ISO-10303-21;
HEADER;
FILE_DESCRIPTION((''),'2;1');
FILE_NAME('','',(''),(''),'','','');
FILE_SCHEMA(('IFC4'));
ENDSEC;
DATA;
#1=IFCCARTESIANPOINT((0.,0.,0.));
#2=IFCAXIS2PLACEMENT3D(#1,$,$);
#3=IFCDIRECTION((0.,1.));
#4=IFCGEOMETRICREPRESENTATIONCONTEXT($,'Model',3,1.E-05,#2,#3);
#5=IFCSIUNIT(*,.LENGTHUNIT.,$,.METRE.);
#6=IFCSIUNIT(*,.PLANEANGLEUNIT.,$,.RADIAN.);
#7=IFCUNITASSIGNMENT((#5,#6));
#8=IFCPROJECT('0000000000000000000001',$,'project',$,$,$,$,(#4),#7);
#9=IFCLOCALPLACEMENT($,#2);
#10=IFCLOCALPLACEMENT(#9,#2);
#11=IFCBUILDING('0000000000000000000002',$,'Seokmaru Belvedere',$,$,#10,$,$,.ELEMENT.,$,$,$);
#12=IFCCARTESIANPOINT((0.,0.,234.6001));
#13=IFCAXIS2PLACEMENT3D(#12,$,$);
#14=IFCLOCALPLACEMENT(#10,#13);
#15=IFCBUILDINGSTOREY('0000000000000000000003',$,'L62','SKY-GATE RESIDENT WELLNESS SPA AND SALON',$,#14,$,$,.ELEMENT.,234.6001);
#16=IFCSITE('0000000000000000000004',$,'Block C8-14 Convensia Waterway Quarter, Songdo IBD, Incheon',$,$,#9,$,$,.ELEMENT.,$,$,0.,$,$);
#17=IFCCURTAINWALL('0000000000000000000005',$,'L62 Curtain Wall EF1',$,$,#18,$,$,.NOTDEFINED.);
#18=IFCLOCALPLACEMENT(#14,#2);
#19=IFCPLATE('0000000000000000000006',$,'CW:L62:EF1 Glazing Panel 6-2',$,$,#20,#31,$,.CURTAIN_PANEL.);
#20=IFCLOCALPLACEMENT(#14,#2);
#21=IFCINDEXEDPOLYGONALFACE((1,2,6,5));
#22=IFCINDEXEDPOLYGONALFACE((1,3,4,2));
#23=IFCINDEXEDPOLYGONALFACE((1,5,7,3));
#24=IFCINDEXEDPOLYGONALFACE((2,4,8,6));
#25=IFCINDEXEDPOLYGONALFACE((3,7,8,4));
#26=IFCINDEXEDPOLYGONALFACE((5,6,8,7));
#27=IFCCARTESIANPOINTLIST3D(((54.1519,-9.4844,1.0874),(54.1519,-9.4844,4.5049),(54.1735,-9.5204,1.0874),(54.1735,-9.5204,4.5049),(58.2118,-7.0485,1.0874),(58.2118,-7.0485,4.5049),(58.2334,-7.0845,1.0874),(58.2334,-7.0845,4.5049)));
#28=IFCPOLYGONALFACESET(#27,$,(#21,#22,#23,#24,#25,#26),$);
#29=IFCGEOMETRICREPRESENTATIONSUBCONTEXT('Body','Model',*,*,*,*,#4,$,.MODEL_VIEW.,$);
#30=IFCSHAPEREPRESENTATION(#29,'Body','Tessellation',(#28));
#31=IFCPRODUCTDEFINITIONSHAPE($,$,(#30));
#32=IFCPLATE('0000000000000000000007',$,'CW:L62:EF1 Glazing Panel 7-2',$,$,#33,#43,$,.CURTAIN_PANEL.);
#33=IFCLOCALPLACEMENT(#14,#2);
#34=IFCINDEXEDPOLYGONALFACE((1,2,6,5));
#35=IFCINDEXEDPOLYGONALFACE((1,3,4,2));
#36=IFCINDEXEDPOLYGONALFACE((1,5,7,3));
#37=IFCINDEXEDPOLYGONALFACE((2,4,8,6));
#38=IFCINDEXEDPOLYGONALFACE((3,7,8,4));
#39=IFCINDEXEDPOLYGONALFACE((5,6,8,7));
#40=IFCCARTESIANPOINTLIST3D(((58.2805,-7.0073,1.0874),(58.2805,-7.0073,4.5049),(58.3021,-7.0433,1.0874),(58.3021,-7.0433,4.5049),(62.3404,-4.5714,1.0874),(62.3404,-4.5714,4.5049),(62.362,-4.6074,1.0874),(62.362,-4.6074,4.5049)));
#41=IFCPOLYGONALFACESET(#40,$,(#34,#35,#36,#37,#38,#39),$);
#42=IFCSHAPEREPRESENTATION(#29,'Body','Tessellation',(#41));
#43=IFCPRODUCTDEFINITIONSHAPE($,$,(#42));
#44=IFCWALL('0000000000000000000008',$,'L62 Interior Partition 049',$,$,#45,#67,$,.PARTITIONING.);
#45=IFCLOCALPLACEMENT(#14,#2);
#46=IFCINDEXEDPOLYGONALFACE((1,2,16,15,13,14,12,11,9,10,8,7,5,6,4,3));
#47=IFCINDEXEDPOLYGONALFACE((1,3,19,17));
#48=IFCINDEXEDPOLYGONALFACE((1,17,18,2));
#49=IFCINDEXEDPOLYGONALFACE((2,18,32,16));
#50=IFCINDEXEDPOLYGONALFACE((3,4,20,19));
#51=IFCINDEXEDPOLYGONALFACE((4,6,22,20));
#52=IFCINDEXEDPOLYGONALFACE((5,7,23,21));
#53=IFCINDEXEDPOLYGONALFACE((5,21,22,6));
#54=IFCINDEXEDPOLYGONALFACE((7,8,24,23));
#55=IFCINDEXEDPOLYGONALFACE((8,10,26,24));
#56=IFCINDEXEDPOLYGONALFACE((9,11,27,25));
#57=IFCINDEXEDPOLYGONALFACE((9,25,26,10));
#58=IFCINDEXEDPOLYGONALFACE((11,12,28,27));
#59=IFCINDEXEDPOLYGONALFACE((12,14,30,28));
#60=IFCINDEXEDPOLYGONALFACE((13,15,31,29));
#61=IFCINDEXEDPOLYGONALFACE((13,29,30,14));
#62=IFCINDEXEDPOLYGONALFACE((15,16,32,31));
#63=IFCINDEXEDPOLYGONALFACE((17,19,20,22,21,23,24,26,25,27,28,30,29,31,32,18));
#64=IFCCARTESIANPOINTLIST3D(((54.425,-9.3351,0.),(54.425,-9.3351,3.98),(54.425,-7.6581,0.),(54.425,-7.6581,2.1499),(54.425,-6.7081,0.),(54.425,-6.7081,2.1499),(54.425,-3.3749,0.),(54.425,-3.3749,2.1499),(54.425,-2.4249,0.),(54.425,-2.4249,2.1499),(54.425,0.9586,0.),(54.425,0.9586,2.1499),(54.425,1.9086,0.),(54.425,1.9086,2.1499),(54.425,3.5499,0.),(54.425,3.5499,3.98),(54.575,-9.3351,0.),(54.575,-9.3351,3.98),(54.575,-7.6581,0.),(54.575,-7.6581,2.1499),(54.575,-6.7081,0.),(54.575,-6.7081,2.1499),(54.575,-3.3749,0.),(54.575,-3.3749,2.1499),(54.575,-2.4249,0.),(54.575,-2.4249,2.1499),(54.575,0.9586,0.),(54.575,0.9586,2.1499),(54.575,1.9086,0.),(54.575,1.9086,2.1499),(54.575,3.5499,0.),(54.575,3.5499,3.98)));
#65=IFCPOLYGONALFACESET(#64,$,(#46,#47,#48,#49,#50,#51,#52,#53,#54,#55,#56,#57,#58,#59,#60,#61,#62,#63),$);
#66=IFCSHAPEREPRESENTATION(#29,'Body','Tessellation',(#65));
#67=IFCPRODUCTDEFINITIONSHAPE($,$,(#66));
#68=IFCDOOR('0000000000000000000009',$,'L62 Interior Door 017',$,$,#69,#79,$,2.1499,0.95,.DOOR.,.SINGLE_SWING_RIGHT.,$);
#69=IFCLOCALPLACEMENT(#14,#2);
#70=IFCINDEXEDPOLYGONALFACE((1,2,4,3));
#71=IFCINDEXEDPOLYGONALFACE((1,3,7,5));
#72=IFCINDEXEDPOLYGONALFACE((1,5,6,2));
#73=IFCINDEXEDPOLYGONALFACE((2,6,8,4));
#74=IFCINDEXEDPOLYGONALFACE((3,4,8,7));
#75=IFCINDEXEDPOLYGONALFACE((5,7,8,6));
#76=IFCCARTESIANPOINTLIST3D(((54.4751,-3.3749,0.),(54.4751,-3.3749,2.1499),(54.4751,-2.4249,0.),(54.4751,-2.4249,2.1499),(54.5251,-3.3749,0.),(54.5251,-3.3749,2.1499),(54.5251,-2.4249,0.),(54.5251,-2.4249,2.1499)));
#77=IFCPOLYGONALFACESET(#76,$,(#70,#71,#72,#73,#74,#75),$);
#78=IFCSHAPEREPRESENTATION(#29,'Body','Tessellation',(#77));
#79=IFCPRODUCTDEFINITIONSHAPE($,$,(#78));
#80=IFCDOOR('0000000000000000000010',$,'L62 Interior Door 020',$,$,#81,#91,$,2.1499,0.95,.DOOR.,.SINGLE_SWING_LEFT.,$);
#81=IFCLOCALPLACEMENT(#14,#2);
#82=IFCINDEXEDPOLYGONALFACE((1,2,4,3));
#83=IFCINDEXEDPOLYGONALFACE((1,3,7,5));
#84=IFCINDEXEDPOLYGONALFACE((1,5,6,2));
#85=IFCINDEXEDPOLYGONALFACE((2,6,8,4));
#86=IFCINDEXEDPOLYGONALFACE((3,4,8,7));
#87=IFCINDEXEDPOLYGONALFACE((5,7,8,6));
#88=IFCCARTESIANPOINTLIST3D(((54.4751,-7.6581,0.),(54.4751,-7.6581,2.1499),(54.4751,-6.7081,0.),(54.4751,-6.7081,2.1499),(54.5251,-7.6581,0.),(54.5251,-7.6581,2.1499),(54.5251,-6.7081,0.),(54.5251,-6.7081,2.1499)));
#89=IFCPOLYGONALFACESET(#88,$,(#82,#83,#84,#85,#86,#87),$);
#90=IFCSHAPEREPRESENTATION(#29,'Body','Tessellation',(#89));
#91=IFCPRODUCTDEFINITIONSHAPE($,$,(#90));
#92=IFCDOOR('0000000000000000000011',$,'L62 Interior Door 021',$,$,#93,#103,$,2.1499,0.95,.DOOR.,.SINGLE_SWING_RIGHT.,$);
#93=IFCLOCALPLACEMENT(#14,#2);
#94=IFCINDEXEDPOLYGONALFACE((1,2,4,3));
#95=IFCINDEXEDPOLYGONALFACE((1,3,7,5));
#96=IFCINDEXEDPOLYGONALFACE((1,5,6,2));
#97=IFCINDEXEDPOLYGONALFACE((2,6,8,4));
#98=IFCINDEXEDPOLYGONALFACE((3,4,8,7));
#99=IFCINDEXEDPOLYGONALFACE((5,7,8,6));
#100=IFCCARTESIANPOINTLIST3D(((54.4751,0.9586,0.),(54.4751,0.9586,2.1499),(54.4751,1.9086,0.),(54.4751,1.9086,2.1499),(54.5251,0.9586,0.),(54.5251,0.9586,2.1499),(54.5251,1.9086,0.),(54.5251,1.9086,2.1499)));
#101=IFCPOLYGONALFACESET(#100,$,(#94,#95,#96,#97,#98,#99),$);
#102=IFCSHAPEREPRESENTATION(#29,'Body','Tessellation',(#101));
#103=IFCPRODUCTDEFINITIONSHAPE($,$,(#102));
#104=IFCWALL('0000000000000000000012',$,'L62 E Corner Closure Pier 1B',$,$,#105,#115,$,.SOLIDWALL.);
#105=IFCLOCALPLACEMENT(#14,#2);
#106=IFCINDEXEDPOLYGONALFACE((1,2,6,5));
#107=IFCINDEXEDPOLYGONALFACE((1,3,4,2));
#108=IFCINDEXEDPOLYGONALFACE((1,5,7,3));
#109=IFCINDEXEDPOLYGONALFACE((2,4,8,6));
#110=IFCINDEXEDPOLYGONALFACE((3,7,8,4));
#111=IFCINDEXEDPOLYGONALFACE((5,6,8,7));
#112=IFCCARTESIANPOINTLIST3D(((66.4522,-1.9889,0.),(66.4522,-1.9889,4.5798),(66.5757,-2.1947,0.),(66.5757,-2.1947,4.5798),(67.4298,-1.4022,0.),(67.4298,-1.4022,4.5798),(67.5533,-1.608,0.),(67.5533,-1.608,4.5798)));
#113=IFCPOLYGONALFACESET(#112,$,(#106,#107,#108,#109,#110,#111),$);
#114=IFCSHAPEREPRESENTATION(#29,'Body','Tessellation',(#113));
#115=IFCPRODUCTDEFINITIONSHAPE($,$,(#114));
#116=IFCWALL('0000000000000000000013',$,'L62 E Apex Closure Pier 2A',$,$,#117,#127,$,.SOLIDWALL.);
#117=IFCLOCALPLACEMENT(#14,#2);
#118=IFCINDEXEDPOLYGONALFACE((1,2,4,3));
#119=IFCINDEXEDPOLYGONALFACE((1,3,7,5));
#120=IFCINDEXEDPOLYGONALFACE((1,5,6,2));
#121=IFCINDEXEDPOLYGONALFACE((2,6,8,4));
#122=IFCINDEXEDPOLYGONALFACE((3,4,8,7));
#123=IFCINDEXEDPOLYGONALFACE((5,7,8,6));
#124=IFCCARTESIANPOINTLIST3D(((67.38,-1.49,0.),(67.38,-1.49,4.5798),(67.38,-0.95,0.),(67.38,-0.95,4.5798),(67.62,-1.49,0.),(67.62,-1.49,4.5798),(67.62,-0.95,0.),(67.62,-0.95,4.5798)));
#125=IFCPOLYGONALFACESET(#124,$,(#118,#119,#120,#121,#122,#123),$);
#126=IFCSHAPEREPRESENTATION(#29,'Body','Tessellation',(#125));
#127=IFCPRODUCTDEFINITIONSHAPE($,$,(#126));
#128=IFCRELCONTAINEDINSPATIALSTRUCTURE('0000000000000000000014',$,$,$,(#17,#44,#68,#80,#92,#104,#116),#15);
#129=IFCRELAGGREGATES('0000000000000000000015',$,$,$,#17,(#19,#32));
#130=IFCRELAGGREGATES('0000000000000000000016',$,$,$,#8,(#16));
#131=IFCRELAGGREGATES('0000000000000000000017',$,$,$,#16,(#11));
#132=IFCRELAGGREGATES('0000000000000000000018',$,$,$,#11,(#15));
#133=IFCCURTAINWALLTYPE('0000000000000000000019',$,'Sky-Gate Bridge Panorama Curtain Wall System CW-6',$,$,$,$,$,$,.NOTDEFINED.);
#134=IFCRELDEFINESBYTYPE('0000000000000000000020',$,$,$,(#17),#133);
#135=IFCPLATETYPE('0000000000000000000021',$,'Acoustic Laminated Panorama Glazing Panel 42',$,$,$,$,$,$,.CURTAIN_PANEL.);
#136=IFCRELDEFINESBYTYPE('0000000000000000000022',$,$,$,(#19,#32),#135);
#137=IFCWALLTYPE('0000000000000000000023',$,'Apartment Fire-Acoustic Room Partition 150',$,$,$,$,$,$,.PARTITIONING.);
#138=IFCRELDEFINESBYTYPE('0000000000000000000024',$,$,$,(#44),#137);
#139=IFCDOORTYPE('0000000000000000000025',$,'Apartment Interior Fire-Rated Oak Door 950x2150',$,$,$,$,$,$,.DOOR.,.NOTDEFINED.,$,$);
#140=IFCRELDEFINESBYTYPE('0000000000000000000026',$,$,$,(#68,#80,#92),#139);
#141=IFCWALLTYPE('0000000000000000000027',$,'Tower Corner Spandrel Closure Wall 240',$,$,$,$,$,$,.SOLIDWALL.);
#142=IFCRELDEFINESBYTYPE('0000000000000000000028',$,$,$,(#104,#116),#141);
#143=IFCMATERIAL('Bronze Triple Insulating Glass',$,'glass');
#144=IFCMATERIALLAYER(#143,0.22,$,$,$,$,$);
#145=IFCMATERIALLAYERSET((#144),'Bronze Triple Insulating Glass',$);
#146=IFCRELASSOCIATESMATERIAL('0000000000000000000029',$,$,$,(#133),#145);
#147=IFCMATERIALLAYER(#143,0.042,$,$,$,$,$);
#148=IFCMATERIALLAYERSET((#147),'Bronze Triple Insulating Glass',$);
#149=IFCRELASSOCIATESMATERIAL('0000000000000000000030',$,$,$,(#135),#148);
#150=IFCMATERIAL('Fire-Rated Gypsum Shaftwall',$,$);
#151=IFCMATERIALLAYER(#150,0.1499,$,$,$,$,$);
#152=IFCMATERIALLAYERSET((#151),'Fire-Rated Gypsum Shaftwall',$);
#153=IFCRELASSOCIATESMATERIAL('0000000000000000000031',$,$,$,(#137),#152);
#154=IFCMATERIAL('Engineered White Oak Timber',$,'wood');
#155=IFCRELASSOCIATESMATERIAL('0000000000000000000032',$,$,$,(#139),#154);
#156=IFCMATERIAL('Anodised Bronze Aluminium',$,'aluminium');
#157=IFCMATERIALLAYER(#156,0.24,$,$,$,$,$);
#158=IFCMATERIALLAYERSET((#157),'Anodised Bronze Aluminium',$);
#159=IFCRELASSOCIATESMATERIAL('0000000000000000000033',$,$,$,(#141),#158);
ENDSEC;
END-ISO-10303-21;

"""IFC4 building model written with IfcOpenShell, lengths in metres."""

from ifc_helpers import new_model, si_unit, direction, frame, frame_2d, origin, origin_2d, place, context, subcontext, project, spatial, rectangle, extrude, source, transform, mapped, material, layer, layer_set, type_object, type_shapes, element, fill, aggregate, save


model = new_model("IFC4")

# Units and contexts
model_context = context("Model", 3, precision=1e-05, world=origin(), true_north=direction((0.0, 1.0)))
body_context = subcontext(model_context, "Body", "Model", "MODEL_VIEW")
ifc_project = project(units=[si_unit("LENGTHUNIT", "METRE"), si_unit("PLANEANGLEUNIT", "RADIAN")], contexts=[model_context])

# Site, building, storey
site_placement = place(None, origin())
site = spatial("IfcSite", under=ifc_project, at=site_placement, Name="Block C8-14 Convensia Waterway Quarter, Songdo IBD, Incheon", CompositionType="ELEMENT", RefElevation=0.0)
building_placement = place(site_placement, origin())
building = spatial("IfcBuilding", under=site, at=building_placement, Name="Seokmaru Belvedere", CompositionType="ELEMENT")
storey_placement = place(building_placement, frame((0.0, 0.0, 234.6001)))
storey = spatial("IfcBuildingStorey", under=building, at=storey_placement, Name="L62", Description="SKY-GATE RESIDENT WELLNESS SPA AND SALON", CompositionType="ELEMENT", Elevation=234.6001)

# Curtain wall
ifc_material_1 = material(Name="Bronze Triple Insulating Glass", Category="glass")
ifc_layer_1 = layer(ifc_material_1, 0.22)
ifc_layer_set_1 = layer_set([ifc_layer_1], Name="Bronze Triple Insulating Glass")
curtain_wall_type = type_object("IfcCurtainWallType", Name="Sky-Gate Bridge Panorama Curtain Wall System CW-6", PredefinedType="NOTDEFINED", material=ifc_layer_set_1)
curtain_wall_1_placement = place(storey_placement, origin())
curtain_wall_1 = element("IfcCurtainWall", 1, at=curtain_wall_1_placement, inside=storey, type_object=curtain_wall_type, Name="L62 Curtain Wall EF1", PredefinedType="NOTDEFINED")
ifc_material_2 = material(Name="Anodised Bronze Aluminium", Category="aluminium")

# Plates
ifc_layer_2 = layer(ifc_material_1, 0.042)
ifc_layer_set_2 = layer_set([ifc_layer_2], Name="Bronze Triple Insulating Glass")
plate_type_1 = type_object("IfcPlateType", Name="Acoustic Laminated Panorama Glazing Panel 42", PredefinedType="CURTAIN_PANEL", material=ifc_layer_set_2)
shared_shape_1 = source(origin(), body_context, "Body", "SweptSolid", [
    extrude(rectangle(XDim=4.7346, YDim=0.042, at=origin_2d()), origin(), (0.0, 0.0, 1.0), 3.4175),
])
plate_1_placement = place(storey_placement, frame((56.1926, -8.2844, 1.0874), z_axis=(0.0, 0.0, 1.0), x_axis=(0.857493, 0.514495, 0.0)))
plate_1 = element("IfcPlate", 2, at=plate_1_placement, type_object=plate_type_1, Name="CW:L62:EF1 Glazing Panel 6-2", PredefinedType="CURTAIN_PANEL", context=body_context, shape_type="MappedRepresentation", body=[
    mapped(shared_shape_1, transform((0.0, 0.0, 0.0), scale=1.0)),
])
plate_2_placement = place(storey_placement, frame((60.3213, -5.8074, 1.0874), z_axis=(0.0, 0.0, 1.0), x_axis=(0.857493, 0.514495, 0.0)))
plate_2 = element("IfcPlate", 3, at=plate_2_placement, type_object=plate_type_1, Name="CW:L62:EF1 Glazing Panel 7-2", PredefinedType="CURTAIN_PANEL", context=body_context, shape_type="MappedRepresentation", body=[
    mapped(shared_shape_1, transform((0.0, 0.0, 0.0), scale=1.0)),
])
aggregate(curtain_wall_1, [plate_1, plate_2])

# Wall, openings, doors
ifc_material_3 = material(Name="Fire-Rated Gypsum Shaftwall")
ifc_layer_3 = layer(ifc_material_3, 0.1499)
ifc_layer_set_3 = layer_set([ifc_layer_3], Name="Fire-Rated Gypsum Shaftwall")
wall_type_1 = type_object("IfcWallType", Name="Apartment Fire-Acoustic Room Partition 150", PredefinedType="PARTITIONING", material=ifc_layer_set_3)
wall_1_placement = place(storey_placement, frame((54.5, -9.335, 0.0), z_axis=(0.0, 0.0, 1.0), x_axis=(0.0, 1.0, 0.0)))
wall_1 = element("IfcWall", 4, at=wall_1_placement, inside=storey, type_object=wall_type_1, Name="L62 Interior Partition 049", PredefinedType="PARTITIONING", context=body_context, shape_type="SweptSolid", body=[
    extrude(rectangle(XDim=12.885, YDim=0.1499, at=frame_2d((6.4424, 0.0))), origin(), (0.0, 0.0, 1.0), 3.98),
])
opening_1_placement = place(wall_1_placement, frame((5.96, 0.0, 0.0)))
opening_1 = element("IfcOpeningElement", 5, at=opening_1_placement, cuts=wall_1, PredefinedType="OPENING", context=body_context, shape_type="SweptSolid", body=[
    extrude(rectangle(XDim=0.95, YDim=2.1499, at=frame_2d((0.4751, 1.075))), frame((0.0, 0.085, 0.0), z_axis=(0.0, -1.0, 0.0), x_axis=(1.0, 0.0, 0.0)), (0.0, 0.0, 1.0), 0.1699),
])
opening_2_placement = place(wall_1_placement, frame((1.6768, 0.0, 0.0)))
opening_2 = element("IfcOpeningElement", 6, at=opening_2_placement, cuts=wall_1, PredefinedType="OPENING", context=body_context, shape_type="SweptSolid", body=[
    extrude(rectangle(XDim=0.95, YDim=2.1499, at=frame_2d((0.4751, 1.075))), frame((0.0, 0.085, 0.0), z_axis=(0.0, -1.0, 0.0), x_axis=(1.0, 0.0, 0.0)), (0.0, 0.0, 1.0), 0.1699),
])
opening_3_placement = place(wall_1_placement, frame((10.2935, 0.0, 0.0)))
opening_3 = element("IfcOpeningElement", 7, at=opening_3_placement, cuts=wall_1, PredefinedType="OPENING", context=body_context, shape_type="SweptSolid", body=[
    extrude(rectangle(XDim=0.95, YDim=2.1499, at=frame_2d((0.4751, 1.075))), frame((0.0, 0.085, 0.0), z_axis=(0.0, -1.0, 0.0), x_axis=(1.0, 0.0, 0.0)), (0.0, 0.0, 1.0), 0.1699),
])
ifc_material_4 = material(Name="Engineered White Oak Timber", Category="wood")
door_type = type_object("IfcDoorType", Name="Apartment Interior Fire-Rated Oak Door 950x2150", OperationType="NOTDEFINED", PredefinedType="DOOR", material=ifc_material_4)
shared_shape_2 = source(origin(), body_context, "Body", "SweptSolid", [
    extrude(rectangle(XDim=0.95, YDim=2.1499, at=frame_2d((0.4751, 1.075))), frame((0.0, 0.0249, 0.0), z_axis=(0.0, -1.0, 0.0), x_axis=(1.0, 0.0, 0.0)), (0.0, 0.0, 1.0), 0.05),
])
type_shapes(door_type, [shared_shape_2])
door_1_placement = place(opening_1_placement, origin())
door_1 = element("IfcDoor", 8, at=door_1_placement, inside=storey, type_object=door_type, Name="L62 Interior Door 017", OperationType="SINGLE_SWING_RIGHT", OverallHeight=2.1499, OverallWidth=0.95, PredefinedType="DOOR", context=body_context, shape_type="MappedRepresentation", body=[
    mapped(shared_shape_2, transform((0.0, 0.0, 0.0), scale=1.0)),
])
fill(opening_1, door_1)
door_2_placement = place(opening_2_placement, origin())
door_2 = element("IfcDoor", 9, at=door_2_placement, inside=storey, type_object=door_type, Name="L62 Interior Door 020", OperationType="SINGLE_SWING_LEFT", OverallHeight=2.1499, OverallWidth=0.95, PredefinedType="DOOR", context=body_context, shape_type="MappedRepresentation", body=[
    mapped(shared_shape_2, transform((0.0, 0.0, 0.0), scale=1.0)),
])
fill(opening_2, door_2)
door_3_placement = place(opening_3_placement, origin())
door_3 = element("IfcDoor", 10, at=door_3_placement, inside=storey, type_object=door_type, Name="L62 Interior Door 021", OperationType="SINGLE_SWING_RIGHT", OverallHeight=2.1499, OverallWidth=0.95, PredefinedType="DOOR", context=body_context, shape_type="MappedRepresentation", body=[
    mapped(shared_shape_2, transform((0.0, 0.0, 0.0), scale=1.0)),
])
fill(opening_3, door_3)

# Walls
ifc_layer_4 = layer(ifc_material_2, 0.24)
ifc_layer_set_4 = layer_set([ifc_layer_4], Name="Anodised Bronze Aluminium")
wall_type_2 = type_object("IfcWallType", Name="Tower Corner Spandrel Closure Wall 240", PredefinedType="SOLIDWALL", material=ifc_layer_set_4)
wall_2_placement = place(storey_placement, frame((66.5139, -2.0918, 0.0), z_axis=(0.0, 0.0, 1.0), x_axis=(0.857436, 0.51459, 0.0)))
element("IfcWall", 11, at=wall_2_placement, inside=storey, type_object=wall_type_2, Name="L62 E Corner Closure Pier 1B", PredefinedType="SOLIDWALL", context=body_context, shape_type="SweptSolid", body=[
    extrude(rectangle(XDim=1.1401, YDim=0.24, at=frame_2d((0.5701, 0.0))), origin(), (0.0, 0.0, 1.0), 4.5798),
])
wall_3_placement = place(storey_placement, frame((67.5, -1.49, 0.0), z_axis=(0.0, 0.0, 1.0), x_axis=(0.0, 1.0, 0.0)))
element("IfcWall", 12, at=wall_3_placement, inside=storey, type_object=wall_type_2, Name="L62 E Apex Closure Pier 2A", PredefinedType="SOLIDWALL", context=body_context, shape_type="SweptSolid", body=[
    extrude(rectangle(XDim=0.54, YDim=0.24, at=frame_2d((0.27, 0.0))), origin(), (0.0, 0.0, 1.0), 4.5798),
])

save(model, "model.ifc")
